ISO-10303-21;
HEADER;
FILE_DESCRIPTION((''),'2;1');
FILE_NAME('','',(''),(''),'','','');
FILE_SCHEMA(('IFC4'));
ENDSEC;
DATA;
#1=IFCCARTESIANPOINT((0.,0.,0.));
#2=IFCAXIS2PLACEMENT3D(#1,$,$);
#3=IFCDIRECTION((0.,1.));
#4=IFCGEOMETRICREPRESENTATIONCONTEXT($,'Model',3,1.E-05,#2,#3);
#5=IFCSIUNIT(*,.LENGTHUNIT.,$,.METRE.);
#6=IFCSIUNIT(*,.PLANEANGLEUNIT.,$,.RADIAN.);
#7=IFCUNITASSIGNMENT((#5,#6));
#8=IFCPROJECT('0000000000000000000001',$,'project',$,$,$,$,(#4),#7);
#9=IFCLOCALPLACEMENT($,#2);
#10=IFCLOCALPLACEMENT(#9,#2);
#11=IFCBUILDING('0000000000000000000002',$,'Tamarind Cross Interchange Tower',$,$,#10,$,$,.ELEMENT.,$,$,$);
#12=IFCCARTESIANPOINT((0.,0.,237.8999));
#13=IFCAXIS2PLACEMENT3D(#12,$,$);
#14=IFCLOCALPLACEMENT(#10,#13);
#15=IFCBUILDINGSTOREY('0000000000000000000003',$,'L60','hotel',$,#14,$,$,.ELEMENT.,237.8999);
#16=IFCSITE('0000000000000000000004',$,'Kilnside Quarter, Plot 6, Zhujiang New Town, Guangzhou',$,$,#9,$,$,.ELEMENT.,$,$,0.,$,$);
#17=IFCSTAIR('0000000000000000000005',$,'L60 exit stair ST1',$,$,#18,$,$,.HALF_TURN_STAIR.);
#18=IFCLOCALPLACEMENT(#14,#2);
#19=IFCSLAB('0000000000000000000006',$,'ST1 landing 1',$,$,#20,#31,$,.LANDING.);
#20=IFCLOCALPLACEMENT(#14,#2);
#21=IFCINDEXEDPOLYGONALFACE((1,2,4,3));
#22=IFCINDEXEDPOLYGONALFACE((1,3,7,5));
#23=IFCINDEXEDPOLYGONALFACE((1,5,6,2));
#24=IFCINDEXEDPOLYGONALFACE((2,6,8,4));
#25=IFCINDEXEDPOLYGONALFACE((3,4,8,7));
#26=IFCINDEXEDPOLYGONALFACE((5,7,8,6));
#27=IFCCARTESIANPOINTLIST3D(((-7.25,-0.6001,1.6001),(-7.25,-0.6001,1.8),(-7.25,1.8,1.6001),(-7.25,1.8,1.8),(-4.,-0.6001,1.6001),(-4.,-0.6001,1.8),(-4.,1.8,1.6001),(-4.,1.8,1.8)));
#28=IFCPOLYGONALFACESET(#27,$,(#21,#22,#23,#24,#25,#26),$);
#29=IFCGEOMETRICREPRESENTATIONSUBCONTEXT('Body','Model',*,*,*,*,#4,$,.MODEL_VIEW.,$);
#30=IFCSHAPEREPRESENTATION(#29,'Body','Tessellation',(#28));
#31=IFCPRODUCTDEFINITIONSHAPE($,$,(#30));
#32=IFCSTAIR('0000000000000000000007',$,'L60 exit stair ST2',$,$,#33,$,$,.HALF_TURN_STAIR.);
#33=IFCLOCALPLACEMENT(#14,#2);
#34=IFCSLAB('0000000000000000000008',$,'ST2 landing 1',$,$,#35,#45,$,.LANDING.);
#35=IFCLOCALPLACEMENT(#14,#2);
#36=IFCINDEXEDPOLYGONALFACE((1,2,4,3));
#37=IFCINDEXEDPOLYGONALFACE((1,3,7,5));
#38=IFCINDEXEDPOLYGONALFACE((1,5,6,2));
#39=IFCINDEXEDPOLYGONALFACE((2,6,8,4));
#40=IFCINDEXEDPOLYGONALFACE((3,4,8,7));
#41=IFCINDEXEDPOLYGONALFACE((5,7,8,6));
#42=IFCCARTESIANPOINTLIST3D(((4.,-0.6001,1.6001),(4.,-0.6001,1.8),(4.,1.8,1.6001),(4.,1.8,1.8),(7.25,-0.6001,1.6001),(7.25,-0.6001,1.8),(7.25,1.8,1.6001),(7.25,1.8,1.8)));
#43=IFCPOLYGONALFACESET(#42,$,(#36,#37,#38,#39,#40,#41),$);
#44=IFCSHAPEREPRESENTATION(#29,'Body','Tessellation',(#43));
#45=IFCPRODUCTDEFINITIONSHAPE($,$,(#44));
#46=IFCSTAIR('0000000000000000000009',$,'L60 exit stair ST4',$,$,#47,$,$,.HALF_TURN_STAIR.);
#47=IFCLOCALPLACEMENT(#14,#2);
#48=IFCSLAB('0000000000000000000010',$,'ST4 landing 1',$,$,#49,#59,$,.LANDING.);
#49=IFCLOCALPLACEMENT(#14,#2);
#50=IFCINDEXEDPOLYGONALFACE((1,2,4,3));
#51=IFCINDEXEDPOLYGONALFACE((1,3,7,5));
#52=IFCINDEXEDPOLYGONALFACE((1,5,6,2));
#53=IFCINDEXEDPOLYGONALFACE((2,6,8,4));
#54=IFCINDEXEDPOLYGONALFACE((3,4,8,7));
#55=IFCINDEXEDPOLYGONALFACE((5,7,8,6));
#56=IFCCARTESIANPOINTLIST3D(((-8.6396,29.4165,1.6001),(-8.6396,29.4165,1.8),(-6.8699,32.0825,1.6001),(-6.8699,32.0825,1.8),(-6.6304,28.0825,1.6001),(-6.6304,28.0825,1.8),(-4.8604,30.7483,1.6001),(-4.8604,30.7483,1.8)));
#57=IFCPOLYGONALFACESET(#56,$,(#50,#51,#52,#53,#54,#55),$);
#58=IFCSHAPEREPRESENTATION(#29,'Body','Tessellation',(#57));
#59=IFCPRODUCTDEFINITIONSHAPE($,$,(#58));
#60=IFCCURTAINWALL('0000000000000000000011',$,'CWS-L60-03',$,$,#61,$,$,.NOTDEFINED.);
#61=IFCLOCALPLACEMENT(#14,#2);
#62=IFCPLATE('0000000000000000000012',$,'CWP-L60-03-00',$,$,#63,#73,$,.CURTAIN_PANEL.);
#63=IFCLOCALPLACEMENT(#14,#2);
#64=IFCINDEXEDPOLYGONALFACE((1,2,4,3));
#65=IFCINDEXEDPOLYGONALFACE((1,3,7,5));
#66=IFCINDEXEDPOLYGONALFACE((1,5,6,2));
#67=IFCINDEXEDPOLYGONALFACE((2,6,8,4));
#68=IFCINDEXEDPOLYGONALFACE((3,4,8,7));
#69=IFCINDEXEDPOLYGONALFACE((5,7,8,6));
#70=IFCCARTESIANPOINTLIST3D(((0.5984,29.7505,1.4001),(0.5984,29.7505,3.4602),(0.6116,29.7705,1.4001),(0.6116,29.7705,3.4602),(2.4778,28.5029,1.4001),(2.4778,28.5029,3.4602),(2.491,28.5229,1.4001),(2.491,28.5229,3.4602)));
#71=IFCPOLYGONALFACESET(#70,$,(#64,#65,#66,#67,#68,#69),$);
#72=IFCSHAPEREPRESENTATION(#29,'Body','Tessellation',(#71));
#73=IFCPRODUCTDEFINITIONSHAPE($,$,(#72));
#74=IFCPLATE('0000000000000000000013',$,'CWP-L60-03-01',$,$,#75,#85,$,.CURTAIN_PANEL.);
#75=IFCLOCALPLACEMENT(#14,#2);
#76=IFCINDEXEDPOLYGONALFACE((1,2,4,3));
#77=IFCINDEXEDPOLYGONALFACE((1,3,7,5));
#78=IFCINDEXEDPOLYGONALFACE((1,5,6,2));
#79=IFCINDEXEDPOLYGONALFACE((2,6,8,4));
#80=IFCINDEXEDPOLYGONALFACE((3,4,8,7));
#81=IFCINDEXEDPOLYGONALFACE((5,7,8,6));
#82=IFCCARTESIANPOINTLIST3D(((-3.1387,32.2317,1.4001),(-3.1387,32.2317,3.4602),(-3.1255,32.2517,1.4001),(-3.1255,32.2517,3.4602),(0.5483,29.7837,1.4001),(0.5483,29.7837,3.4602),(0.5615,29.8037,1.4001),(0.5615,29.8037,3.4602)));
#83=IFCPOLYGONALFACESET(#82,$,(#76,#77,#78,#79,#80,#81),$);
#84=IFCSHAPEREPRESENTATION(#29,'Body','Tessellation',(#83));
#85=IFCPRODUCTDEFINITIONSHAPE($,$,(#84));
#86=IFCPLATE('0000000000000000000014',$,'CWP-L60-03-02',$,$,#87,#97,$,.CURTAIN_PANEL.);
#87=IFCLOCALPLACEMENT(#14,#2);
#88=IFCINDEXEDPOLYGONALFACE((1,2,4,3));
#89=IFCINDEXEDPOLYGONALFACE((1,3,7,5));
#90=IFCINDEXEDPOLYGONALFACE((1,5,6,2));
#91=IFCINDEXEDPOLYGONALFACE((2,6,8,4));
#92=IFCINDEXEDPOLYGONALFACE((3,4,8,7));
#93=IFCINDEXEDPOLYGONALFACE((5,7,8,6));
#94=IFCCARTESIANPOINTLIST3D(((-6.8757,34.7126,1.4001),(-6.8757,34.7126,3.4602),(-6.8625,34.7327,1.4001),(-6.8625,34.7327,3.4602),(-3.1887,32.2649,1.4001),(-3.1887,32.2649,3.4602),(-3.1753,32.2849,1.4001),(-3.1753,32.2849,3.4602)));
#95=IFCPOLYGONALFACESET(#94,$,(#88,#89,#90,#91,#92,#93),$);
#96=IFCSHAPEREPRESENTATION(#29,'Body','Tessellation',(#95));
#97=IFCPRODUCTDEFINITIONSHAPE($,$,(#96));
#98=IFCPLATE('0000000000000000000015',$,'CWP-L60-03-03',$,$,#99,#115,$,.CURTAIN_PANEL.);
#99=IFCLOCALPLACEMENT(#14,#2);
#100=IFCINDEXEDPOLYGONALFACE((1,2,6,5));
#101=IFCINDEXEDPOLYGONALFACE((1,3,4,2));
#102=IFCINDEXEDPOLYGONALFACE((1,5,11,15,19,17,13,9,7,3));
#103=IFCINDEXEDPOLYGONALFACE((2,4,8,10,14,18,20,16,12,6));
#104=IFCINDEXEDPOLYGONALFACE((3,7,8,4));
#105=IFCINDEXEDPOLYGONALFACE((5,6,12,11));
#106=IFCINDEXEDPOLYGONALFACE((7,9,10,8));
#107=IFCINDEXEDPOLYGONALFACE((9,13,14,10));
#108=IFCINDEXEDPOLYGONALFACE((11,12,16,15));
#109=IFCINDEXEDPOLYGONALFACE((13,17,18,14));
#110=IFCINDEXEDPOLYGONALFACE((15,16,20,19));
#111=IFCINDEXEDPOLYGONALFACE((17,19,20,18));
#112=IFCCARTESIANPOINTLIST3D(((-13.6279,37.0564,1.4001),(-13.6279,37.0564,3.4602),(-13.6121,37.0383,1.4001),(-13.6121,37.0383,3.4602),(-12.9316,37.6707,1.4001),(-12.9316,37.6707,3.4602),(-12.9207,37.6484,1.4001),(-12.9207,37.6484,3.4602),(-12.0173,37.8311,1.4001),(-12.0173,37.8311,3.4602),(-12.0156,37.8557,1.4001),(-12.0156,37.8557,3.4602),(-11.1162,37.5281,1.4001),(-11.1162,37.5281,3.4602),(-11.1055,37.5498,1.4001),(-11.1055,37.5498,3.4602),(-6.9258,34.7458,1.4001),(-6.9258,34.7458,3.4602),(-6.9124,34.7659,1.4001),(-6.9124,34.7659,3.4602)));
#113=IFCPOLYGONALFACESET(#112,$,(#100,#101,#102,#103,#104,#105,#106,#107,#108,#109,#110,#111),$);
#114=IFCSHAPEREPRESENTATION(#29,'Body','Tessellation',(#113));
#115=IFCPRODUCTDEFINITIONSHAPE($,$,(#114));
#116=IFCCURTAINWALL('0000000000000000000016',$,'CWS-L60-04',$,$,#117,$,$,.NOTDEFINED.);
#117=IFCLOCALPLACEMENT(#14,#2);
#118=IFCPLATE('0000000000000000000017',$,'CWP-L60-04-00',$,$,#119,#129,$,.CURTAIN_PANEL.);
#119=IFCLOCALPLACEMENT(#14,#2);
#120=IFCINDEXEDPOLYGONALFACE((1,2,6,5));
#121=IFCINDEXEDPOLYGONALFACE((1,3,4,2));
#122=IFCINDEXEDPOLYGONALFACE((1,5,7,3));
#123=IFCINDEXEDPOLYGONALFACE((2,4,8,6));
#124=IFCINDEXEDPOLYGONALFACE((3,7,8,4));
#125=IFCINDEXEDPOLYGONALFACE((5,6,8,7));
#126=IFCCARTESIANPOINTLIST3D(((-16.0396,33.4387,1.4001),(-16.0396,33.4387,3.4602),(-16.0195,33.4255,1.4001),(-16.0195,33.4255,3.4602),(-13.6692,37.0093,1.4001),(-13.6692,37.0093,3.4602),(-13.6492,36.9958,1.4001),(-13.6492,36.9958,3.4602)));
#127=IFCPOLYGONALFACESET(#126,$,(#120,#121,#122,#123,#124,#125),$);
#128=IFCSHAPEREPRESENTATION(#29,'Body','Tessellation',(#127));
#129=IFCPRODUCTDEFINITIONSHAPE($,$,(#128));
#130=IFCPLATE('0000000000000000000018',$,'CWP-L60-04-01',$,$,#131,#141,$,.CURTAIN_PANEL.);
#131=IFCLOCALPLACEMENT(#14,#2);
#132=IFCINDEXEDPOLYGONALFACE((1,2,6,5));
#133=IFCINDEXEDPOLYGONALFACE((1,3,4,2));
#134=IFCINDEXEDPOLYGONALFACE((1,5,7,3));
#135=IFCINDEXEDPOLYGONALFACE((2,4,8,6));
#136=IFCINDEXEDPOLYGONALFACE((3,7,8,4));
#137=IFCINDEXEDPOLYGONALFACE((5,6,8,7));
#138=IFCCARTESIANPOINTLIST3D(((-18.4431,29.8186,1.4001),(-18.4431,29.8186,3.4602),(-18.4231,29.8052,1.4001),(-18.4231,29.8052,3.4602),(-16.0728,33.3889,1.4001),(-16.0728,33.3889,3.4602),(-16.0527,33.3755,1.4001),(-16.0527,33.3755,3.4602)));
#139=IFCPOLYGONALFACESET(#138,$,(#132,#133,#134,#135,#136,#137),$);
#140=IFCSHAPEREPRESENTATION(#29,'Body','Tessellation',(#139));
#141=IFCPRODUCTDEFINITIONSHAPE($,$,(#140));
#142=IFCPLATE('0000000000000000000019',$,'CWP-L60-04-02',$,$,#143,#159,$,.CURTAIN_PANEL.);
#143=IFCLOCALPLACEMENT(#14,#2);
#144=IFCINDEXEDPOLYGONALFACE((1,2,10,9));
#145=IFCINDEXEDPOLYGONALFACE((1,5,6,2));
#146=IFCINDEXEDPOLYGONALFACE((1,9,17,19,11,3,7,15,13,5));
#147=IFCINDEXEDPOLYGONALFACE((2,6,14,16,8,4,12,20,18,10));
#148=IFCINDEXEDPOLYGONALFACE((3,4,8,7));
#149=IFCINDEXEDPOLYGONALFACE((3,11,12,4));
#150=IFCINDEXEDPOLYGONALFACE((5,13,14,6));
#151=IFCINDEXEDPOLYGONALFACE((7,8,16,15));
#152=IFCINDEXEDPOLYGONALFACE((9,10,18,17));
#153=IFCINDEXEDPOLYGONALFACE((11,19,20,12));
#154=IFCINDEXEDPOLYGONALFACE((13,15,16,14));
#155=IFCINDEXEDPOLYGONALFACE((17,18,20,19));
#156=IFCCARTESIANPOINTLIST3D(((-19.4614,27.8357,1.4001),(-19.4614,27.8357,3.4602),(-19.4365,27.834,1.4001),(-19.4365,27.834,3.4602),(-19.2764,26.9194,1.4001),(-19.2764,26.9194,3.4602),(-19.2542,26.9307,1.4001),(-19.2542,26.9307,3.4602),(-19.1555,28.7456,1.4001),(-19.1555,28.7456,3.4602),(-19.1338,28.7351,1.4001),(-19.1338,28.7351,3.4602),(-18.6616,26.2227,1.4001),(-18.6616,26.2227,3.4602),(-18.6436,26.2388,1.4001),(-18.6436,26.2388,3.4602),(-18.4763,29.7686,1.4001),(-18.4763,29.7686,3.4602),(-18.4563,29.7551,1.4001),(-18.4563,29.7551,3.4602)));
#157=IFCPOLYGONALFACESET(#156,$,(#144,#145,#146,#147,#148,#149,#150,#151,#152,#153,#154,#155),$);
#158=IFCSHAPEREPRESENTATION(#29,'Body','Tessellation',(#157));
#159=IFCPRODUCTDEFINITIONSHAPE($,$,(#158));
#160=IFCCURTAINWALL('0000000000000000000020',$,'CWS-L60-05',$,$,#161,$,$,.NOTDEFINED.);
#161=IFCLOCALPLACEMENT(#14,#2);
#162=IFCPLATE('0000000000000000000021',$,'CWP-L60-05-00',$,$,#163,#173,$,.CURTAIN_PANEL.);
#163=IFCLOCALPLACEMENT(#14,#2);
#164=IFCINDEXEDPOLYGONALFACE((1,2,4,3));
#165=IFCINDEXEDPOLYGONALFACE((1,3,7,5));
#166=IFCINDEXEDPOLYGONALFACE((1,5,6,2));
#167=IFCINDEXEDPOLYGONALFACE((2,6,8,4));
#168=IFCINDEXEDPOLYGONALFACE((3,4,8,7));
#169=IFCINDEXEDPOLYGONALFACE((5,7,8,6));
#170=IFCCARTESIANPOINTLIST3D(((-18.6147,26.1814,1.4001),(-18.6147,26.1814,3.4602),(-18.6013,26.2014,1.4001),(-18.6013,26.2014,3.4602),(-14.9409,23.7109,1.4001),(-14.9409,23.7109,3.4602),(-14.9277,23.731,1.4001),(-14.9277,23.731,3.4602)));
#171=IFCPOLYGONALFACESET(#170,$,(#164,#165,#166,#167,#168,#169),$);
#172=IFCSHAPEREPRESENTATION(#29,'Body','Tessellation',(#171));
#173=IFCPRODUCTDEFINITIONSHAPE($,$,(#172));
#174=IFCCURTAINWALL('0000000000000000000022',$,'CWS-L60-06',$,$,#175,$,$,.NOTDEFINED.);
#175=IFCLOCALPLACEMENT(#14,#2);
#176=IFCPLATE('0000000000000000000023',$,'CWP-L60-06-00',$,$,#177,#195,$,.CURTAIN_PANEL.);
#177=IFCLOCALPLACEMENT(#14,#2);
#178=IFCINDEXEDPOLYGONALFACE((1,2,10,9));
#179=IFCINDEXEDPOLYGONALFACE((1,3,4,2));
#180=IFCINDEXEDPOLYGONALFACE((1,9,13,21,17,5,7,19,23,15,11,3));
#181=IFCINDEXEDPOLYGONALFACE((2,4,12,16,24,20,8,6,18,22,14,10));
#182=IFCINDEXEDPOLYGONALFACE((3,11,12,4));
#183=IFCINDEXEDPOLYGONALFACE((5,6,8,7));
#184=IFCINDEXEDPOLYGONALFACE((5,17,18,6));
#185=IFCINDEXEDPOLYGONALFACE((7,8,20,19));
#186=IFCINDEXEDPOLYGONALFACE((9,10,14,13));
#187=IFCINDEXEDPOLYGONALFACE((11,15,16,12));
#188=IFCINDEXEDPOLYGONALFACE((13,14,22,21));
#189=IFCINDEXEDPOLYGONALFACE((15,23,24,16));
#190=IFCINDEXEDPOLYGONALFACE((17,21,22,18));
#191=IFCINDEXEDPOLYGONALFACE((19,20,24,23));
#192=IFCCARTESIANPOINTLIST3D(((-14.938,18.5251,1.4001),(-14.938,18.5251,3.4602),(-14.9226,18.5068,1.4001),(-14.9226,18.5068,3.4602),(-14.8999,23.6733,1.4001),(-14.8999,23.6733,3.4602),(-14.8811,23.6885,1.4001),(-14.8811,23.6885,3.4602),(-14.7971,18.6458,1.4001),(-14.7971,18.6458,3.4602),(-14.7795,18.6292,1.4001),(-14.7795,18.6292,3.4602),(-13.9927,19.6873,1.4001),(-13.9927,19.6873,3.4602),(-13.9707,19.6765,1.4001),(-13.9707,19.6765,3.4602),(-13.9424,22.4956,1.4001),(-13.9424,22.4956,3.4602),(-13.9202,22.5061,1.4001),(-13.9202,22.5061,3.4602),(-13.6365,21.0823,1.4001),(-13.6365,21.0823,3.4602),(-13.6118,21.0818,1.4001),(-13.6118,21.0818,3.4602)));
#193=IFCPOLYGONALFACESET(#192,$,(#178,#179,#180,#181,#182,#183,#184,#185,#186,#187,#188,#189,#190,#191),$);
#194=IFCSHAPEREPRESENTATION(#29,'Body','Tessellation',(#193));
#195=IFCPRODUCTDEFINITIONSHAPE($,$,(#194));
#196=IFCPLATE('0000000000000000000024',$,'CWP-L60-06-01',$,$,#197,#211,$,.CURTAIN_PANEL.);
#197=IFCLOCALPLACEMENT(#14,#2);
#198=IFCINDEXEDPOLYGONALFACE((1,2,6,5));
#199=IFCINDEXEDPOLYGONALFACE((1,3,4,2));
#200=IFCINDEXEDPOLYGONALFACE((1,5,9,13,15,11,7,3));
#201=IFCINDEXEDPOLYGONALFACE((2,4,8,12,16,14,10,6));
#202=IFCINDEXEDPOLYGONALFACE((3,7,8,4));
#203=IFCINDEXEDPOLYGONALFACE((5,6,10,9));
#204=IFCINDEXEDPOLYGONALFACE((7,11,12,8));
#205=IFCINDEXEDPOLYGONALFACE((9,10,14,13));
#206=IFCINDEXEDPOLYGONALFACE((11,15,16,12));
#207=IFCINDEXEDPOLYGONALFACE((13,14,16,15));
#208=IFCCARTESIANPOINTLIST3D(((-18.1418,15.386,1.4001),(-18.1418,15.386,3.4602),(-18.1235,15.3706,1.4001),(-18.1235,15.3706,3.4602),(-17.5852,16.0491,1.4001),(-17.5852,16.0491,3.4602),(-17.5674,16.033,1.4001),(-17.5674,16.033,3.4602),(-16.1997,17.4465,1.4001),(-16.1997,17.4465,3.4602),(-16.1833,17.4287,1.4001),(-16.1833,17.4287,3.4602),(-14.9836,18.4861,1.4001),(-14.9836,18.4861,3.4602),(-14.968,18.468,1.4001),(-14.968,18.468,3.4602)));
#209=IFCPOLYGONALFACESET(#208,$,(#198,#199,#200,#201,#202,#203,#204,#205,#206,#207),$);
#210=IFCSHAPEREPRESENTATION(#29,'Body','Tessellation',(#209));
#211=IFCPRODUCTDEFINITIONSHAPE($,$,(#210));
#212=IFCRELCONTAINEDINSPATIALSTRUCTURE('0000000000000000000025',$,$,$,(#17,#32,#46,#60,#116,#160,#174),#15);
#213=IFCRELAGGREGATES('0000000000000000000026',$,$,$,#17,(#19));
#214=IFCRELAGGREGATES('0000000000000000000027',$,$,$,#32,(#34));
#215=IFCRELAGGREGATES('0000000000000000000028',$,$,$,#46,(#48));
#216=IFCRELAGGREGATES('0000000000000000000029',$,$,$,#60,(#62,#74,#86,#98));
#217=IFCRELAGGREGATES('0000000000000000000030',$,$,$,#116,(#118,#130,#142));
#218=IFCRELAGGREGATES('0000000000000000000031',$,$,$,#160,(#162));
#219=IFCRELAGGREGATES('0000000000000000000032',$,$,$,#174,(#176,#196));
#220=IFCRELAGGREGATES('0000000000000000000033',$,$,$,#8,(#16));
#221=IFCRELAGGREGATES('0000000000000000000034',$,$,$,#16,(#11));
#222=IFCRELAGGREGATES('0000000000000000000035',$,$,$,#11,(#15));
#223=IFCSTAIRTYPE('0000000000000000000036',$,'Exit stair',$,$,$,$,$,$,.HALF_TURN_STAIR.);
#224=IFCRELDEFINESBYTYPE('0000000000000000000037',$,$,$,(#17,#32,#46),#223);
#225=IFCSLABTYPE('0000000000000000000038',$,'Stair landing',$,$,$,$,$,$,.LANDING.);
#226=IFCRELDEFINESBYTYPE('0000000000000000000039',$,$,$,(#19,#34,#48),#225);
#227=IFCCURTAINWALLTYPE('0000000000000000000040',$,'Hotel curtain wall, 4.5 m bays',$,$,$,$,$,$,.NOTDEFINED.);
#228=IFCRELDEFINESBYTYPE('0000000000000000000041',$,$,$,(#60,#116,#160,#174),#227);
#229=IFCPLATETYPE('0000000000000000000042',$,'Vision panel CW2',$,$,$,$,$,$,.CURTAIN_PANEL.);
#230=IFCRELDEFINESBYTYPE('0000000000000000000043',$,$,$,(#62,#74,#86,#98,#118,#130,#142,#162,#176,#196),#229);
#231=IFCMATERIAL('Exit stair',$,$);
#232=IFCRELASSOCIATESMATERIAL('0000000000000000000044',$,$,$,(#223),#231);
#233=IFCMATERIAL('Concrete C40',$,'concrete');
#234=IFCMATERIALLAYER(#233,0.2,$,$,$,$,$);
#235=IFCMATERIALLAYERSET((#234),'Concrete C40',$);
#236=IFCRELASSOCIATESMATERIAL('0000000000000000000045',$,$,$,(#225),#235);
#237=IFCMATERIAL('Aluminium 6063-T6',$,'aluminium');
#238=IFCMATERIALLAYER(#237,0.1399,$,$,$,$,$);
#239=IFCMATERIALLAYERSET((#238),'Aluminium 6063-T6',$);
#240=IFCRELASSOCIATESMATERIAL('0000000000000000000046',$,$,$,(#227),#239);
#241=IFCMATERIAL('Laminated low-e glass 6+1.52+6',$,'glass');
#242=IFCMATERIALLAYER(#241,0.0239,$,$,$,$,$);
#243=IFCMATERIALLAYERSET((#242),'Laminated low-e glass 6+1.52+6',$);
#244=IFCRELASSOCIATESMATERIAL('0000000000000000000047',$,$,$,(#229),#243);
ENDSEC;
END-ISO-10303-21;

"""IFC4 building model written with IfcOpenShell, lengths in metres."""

from ifc_helpers import new_model, si_unit, direction, frame, origin, place, context, subcontext, project, spatial, polyline, outline, extrude, material, layer, layer_set, type_object, element, aggregate, save


model = new_model("IFC4")

# Units and contexts
model_context = context("Model", 3, precision=1e-05, world=origin(), true_north=direction((0.0, 1.0)))
body_context = subcontext(model_context, "Body", "Model", "MODEL_VIEW")
ifc_project = project(units=[si_unit("LENGTHUNIT", "METRE"), si_unit("PLANEANGLEUNIT", "RADIAN")], contexts=[model_context])

# Site, building, storey
site_placement = place(None, origin())
site = spatial("IfcSite", under=ifc_project, at=site_placement, Name="Kilnside Quarter, Plot 6, Zhujiang New Town, Guangzhou", CompositionType="ELEMENT", RefElevation=0.0)
building_placement = place(site_placement, origin())
building = spatial("IfcBuilding", under=site, at=building_placement, Name="Tamarind Cross Interchange Tower", CompositionType="ELEMENT")
storey_placement = place(building_placement, frame((0.0, 0.0, 237.8999)))
storey = spatial("IfcBuildingStorey", under=building, at=storey_placement, Name="L60", Description="hotel", CompositionType="ELEMENT", Elevation=237.8999)

# Stairs, slabs
ifc_material_1 = material(Name="Exit stair")
stair_type = type_object("IfcStairType", Name="Exit stair", PredefinedType="HALF_TURN_STAIR", material=ifc_material_1)
stair_1_placement = place(storey_placement, origin())
stair_1 = element("IfcStair", 1, at=stair_1_placement, inside=storey, type_object=stair_type, Name="L60 exit stair ST1", PredefinedType="HALF_TURN_STAIR")
ifc_material_2 = material(Name="Concrete C40", Category="concrete")
ifc_layer_1 = layer(ifc_material_2, 0.2)
ifc_layer_set_1 = layer_set([ifc_layer_1], Name="Concrete C40")
slab_type = type_object("IfcSlabType", Name="Stair landing", PredefinedType="LANDING", material=ifc_layer_set_1)
slab_1_placement = place(storey_placement, frame((0.0, 0.0, 1.6001)))
slab_1 = element("IfcSlab", 2, at=slab_1_placement, type_object=slab_type, Name="ST1 landing 1", PredefinedType="LANDING", context=body_context, shape_type="SweptSolid", body=[
    extrude(outline(polyline([(-4.0, -0.6001), (-4.0, 1.8), (-7.25, 1.8), (-7.25, -0.6001), (-4.0, -0.6001)])), origin(), (0.0, 0.0, 1.0), 0.2),
])
aggregate(stair_1, [slab_1])
stair_2_placement = place(storey_placement, origin())
stair_2 = element("IfcStair", 3, at=stair_2_placement, inside=storey, type_object=stair_type, Name="L60 exit stair ST2", PredefinedType="HALF_TURN_STAIR")
slab_2_placement = place(storey_placement, frame((0.0, 0.0, 1.6001)))
slab_2 = element("IfcSlab", 4, at=slab_2_placement, type_object=slab_type, Name="ST2 landing 1", PredefinedType="LANDING", context=body_context, shape_type="SweptSolid", body=[
    extrude(outline(polyline([(7.25, -0.6001), (7.25, 1.8), (4.0, 1.8), (4.0, -0.6001), (7.25, -0.6001)])), origin(), (0.0, 0.0, 1.0), 0.2),
])
aggregate(stair_2, [slab_2])
stair_3_placement = place(storey_placement, origin())
stair_3 = element("IfcStair", 5, at=stair_3_placement, inside=storey, type_object=stair_type, Name="L60 exit stair ST4", PredefinedType="HALF_TURN_STAIR")
slab_3_placement = place(storey_placement, frame((0.0, 0.0, 1.6001)))
slab_3 = element("IfcSlab", 6, at=slab_3_placement, type_object=slab_type, Name="ST4 landing 1", PredefinedType="LANDING", context=body_context, shape_type="SweptSolid", body=[
    extrude(outline(polyline([(-4.8604, 30.7483), (-6.8699, 32.0825), (-8.6396, 29.4165), (-6.6304, 28.0825), (-4.8604, 30.7483)])), origin(), (0.0, 0.0, 1.0), 0.2),
])
aggregate(stair_3, [slab_3])

# Curtain walls, plates
ifc_material_3 = material(Name="Aluminium 6063-T6", Category="aluminium")
ifc_layer_2 = layer(ifc_material_3, 0.1399)
ifc_layer_set_2 = layer_set([ifc_layer_2], Name="Aluminium 6063-T6")
curtain_wall_type = type_object("IfcCurtainWallType", Name="Hotel curtain wall, 4.5 m bays", PredefinedType="NOTDEFINED", material=ifc_layer_set_2)
curtain_wall_1_placement = place(storey_placement, origin())
curtain_wall_1 = element("IfcCurtainWall", 7, at=curtain_wall_1_placement, inside=storey, type_object=curtain_wall_type, Name="CWS-L60-03", PredefinedType="NOTDEFINED")
ifc_material_4 = material(Name="Laminated low-e glass 6+1.52+6", Category="glass")
ifc_layer_3 = layer(ifc_material_4, 0.0239)
ifc_layer_set_3 = layer_set([ifc_layer_3], Name="Laminated low-e glass 6+1.52+6")
plate_type = type_object("IfcPlateType", Name="Vision panel CW2", PredefinedType="CURTAIN_PANEL", material=ifc_layer_set_3)
plate_1_placement = place(storey_placement, frame((0.0, 0.0, 1.4001)))
plate_1 = element("IfcPlate", 8, at=plate_1_placement, type_object=plate_type, Name="CWP-L60-03-00", PredefinedType="CURTAIN_PANEL", context=body_context, shape_type="SweptSolid", body=[
    extrude(outline(polyline([(2.4778, 28.5029), (0.5984, 29.7505), (0.6116, 29.7705), (2.491, 28.5229), (2.4778, 28.5029)])), origin(), (0.0, 0.0, 1.0), 2.0601),
])
plate_2_placement = place(storey_placement, frame((0.0, 0.0, 1.4001)))
plate_2 = element("IfcPlate", 9, at=plate_2_placement, type_object=plate_type, Name="CWP-L60-03-01", PredefinedType="CURTAIN_PANEL", context=body_context, shape_type="SweptSolid", body=[
    extrude(outline(polyline([(0.5483, 29.7837), (-3.1387, 32.2317), (-3.1255, 32.2517), (0.5615, 29.8037), (0.5483, 29.7837)])), origin(), (0.0, 0.0, 1.0), 2.0601),
])
plate_3_placement = place(storey_placement, frame((0.0, 0.0, 1.4001)))
plate_3 = element("IfcPlate", 10, at=plate_3_placement, type_object=plate_type, Name="CWP-L60-03-02", PredefinedType="CURTAIN_PANEL", context=body_context, shape_type="SweptSolid", body=[
    extrude(outline(polyline([(-3.1887, 32.2649), (-6.8757, 34.7126), (-6.8625, 34.7327), (-3.1753, 32.2849), (-3.1887, 32.2649)])), origin(), (0.0, 0.0, 1.0), 2.0601),
])
plate_4_placement = place(storey_placement, frame((0.0, 0.0, 1.4001)))
plate_4 = element("IfcPlate", 11, at=plate_4_placement, type_object=plate_type, Name="CWP-L60-03-03", PredefinedType="CURTAIN_PANEL", context=body_context, shape_type="SweptSolid", body=[
    extrude(outline(polyline([(-6.9258, 34.7458), (-11.1162, 37.5281), (-12.0173, 37.8311), (-12.9207, 37.6484), (-13.6121, 37.0383), (-13.6279, 37.0564), (-12.9316, 37.6707), (-12.0156, 37.8557), (-11.1055, 37.5498), (-6.9124, 34.7659), (-6.9258, 34.7458)])), origin(), (0.0, 0.0, 1.0), 2.0601),
])
aggregate(curtain_wall_1, [plate_1, plate_2, plate_3, plate_4])
curtain_wall_2_placement = place(storey_placement, origin())
curtain_wall_2 = element("IfcCurtainWall", 12, at=curtain_wall_2_placement, inside=storey, type_object=curtain_wall_type, Name="CWS-L60-04", PredefinedType="NOTDEFINED")
plate_5_placement = place(storey_placement, frame((0.0, 0.0, 1.4001)))
plate_5 = element("IfcPlate", 13, at=plate_5_placement, type_object=plate_type, Name="CWP-L60-04-00", PredefinedType="CURTAIN_PANEL", context=body_context, shape_type="SweptSolid", body=[
    extrude(outline(polyline([(-13.6492, 36.9958), (-16.0195, 33.4255), (-16.0396, 33.4387), (-13.6692, 37.0093), (-13.6492, 36.9958)])), origin(), (0.0, 0.0, 1.0), 2.0601),
])
plate_6_placement = place(storey_placement, frame((0.0, 0.0, 1.4001)))
plate_6 = element("IfcPlate", 14, at=plate_6_placement, type_object=plate_type, Name="CWP-L60-04-01", PredefinedType="CURTAIN_PANEL", context=body_context, shape_type="SweptSolid", body=[
    extrude(outline(polyline([(-16.0527, 33.3755), (-18.4231, 29.8052), (-18.4431, 29.8186), (-16.0728, 33.3889), (-16.0527, 33.3755)])), origin(), (0.0, 0.0, 1.0), 2.0601),
])
plate_7_placement = place(storey_placement, frame((0.0, 0.0, 1.4001)))
plate_7 = element("IfcPlate", 15, at=plate_7_placement, type_object=plate_type, Name="CWP-L60-04-02", PredefinedType="CURTAIN_PANEL", context=body_context, shape_type="SweptSolid", body=[
    extrude(outline(polyline([(-18.4563, 29.7551), (-19.1338, 28.7351), (-19.4365, 27.834), (-19.2542, 26.9307), (-18.6436, 26.2388), (-18.6616, 26.2227), (-19.2764, 26.9194), (-19.4614, 27.8357), (-19.1555, 28.7456), (-18.4763, 29.7686), (-18.4563, 29.7551)])), origin(), (0.0, 0.0, 1.0), 2.0601),
])
aggregate(curtain_wall_2, [plate_5, plate_6, plate_7])

# Curtain wall, plate
curtain_wall_3_placement = place(storey_placement, origin())
curtain_wall_3 = element("IfcCurtainWall", 16, at=curtain_wall_3_placement, inside=storey, type_object=curtain_wall_type, Name="CWS-L60-05", PredefinedType="NOTDEFINED")
plate_8_placement = place(storey_placement, frame((0.0, 0.0, 1.4001)))
plate_8 = element("IfcPlate", 17, at=plate_8_placement, type_object=plate_type, Name="CWP-L60-05-00", PredefinedType="CURTAIN_PANEL", context=body_context, shape_type="SweptSolid", body=[
    extrude(outline(polyline([(-18.6013, 26.2014), (-14.9277, 23.731), (-14.9409, 23.7109), (-18.6147, 26.1814), (-18.6013, 26.2014)])), origin(), (0.0, 0.0, 1.0), 2.0601),
])
aggregate(curtain_wall_3, [plate_8])

# Curtain wall, plates
curtain_wall_4_placement = place(storey_placement, origin())
curtain_wall_4 = element("IfcCurtainWall", 18, at=curtain_wall_4_placement, inside=storey, type_object=curtain_wall_type, Name="CWS-L60-06", PredefinedType="NOTDEFINED")
plate_9_placement = place(storey_placement, frame((0.0, 0.0, 1.4001)))
plate_9 = element("IfcPlate", 19, at=plate_9_placement, type_object=plate_type, Name="CWP-L60-06-00", PredefinedType="CURTAIN_PANEL", context=body_context, shape_type="SweptSolid", body=[
    extrude(outline(polyline([(-14.8811, 23.6885), (-13.9202, 22.5061), (-13.6118, 21.0818), (-13.9707, 19.6765), (-14.7795, 18.6292), (-14.9226, 18.5068), (-14.938, 18.5251), (-14.7971, 18.6458), (-13.9927, 19.6873), (-13.6365, 21.0823), (-13.9424, 22.4956), (-14.8999, 23.6733), (-14.8811, 23.6885)])), origin(), (0.0, 0.0, 1.0), 2.0601),
])
plate_10_placement = place(storey_placement, frame((0.0, 0.0, 1.4001)))
plate_10 = element("IfcPlate", 20, at=plate_10_placement, type_object=plate_type, Name="CWP-L60-06-01", PredefinedType="CURTAIN_PANEL", context=body_context, shape_type="SweptSolid", body=[
    extrude(outline(polyline([(-14.968, 18.468), (-16.1833, 17.4287), (-17.5674, 16.033), (-18.1235, 15.3706), (-18.1418, 15.386), (-17.5852, 16.0491), (-16.1997, 17.4465), (-14.9836, 18.4861), (-14.968, 18.468)])), origin(), (0.0, 0.0, 1.0), 2.0601),
])
aggregate(curtain_wall_4, [plate_9, plate_10])

save(model, "model.ifc")
